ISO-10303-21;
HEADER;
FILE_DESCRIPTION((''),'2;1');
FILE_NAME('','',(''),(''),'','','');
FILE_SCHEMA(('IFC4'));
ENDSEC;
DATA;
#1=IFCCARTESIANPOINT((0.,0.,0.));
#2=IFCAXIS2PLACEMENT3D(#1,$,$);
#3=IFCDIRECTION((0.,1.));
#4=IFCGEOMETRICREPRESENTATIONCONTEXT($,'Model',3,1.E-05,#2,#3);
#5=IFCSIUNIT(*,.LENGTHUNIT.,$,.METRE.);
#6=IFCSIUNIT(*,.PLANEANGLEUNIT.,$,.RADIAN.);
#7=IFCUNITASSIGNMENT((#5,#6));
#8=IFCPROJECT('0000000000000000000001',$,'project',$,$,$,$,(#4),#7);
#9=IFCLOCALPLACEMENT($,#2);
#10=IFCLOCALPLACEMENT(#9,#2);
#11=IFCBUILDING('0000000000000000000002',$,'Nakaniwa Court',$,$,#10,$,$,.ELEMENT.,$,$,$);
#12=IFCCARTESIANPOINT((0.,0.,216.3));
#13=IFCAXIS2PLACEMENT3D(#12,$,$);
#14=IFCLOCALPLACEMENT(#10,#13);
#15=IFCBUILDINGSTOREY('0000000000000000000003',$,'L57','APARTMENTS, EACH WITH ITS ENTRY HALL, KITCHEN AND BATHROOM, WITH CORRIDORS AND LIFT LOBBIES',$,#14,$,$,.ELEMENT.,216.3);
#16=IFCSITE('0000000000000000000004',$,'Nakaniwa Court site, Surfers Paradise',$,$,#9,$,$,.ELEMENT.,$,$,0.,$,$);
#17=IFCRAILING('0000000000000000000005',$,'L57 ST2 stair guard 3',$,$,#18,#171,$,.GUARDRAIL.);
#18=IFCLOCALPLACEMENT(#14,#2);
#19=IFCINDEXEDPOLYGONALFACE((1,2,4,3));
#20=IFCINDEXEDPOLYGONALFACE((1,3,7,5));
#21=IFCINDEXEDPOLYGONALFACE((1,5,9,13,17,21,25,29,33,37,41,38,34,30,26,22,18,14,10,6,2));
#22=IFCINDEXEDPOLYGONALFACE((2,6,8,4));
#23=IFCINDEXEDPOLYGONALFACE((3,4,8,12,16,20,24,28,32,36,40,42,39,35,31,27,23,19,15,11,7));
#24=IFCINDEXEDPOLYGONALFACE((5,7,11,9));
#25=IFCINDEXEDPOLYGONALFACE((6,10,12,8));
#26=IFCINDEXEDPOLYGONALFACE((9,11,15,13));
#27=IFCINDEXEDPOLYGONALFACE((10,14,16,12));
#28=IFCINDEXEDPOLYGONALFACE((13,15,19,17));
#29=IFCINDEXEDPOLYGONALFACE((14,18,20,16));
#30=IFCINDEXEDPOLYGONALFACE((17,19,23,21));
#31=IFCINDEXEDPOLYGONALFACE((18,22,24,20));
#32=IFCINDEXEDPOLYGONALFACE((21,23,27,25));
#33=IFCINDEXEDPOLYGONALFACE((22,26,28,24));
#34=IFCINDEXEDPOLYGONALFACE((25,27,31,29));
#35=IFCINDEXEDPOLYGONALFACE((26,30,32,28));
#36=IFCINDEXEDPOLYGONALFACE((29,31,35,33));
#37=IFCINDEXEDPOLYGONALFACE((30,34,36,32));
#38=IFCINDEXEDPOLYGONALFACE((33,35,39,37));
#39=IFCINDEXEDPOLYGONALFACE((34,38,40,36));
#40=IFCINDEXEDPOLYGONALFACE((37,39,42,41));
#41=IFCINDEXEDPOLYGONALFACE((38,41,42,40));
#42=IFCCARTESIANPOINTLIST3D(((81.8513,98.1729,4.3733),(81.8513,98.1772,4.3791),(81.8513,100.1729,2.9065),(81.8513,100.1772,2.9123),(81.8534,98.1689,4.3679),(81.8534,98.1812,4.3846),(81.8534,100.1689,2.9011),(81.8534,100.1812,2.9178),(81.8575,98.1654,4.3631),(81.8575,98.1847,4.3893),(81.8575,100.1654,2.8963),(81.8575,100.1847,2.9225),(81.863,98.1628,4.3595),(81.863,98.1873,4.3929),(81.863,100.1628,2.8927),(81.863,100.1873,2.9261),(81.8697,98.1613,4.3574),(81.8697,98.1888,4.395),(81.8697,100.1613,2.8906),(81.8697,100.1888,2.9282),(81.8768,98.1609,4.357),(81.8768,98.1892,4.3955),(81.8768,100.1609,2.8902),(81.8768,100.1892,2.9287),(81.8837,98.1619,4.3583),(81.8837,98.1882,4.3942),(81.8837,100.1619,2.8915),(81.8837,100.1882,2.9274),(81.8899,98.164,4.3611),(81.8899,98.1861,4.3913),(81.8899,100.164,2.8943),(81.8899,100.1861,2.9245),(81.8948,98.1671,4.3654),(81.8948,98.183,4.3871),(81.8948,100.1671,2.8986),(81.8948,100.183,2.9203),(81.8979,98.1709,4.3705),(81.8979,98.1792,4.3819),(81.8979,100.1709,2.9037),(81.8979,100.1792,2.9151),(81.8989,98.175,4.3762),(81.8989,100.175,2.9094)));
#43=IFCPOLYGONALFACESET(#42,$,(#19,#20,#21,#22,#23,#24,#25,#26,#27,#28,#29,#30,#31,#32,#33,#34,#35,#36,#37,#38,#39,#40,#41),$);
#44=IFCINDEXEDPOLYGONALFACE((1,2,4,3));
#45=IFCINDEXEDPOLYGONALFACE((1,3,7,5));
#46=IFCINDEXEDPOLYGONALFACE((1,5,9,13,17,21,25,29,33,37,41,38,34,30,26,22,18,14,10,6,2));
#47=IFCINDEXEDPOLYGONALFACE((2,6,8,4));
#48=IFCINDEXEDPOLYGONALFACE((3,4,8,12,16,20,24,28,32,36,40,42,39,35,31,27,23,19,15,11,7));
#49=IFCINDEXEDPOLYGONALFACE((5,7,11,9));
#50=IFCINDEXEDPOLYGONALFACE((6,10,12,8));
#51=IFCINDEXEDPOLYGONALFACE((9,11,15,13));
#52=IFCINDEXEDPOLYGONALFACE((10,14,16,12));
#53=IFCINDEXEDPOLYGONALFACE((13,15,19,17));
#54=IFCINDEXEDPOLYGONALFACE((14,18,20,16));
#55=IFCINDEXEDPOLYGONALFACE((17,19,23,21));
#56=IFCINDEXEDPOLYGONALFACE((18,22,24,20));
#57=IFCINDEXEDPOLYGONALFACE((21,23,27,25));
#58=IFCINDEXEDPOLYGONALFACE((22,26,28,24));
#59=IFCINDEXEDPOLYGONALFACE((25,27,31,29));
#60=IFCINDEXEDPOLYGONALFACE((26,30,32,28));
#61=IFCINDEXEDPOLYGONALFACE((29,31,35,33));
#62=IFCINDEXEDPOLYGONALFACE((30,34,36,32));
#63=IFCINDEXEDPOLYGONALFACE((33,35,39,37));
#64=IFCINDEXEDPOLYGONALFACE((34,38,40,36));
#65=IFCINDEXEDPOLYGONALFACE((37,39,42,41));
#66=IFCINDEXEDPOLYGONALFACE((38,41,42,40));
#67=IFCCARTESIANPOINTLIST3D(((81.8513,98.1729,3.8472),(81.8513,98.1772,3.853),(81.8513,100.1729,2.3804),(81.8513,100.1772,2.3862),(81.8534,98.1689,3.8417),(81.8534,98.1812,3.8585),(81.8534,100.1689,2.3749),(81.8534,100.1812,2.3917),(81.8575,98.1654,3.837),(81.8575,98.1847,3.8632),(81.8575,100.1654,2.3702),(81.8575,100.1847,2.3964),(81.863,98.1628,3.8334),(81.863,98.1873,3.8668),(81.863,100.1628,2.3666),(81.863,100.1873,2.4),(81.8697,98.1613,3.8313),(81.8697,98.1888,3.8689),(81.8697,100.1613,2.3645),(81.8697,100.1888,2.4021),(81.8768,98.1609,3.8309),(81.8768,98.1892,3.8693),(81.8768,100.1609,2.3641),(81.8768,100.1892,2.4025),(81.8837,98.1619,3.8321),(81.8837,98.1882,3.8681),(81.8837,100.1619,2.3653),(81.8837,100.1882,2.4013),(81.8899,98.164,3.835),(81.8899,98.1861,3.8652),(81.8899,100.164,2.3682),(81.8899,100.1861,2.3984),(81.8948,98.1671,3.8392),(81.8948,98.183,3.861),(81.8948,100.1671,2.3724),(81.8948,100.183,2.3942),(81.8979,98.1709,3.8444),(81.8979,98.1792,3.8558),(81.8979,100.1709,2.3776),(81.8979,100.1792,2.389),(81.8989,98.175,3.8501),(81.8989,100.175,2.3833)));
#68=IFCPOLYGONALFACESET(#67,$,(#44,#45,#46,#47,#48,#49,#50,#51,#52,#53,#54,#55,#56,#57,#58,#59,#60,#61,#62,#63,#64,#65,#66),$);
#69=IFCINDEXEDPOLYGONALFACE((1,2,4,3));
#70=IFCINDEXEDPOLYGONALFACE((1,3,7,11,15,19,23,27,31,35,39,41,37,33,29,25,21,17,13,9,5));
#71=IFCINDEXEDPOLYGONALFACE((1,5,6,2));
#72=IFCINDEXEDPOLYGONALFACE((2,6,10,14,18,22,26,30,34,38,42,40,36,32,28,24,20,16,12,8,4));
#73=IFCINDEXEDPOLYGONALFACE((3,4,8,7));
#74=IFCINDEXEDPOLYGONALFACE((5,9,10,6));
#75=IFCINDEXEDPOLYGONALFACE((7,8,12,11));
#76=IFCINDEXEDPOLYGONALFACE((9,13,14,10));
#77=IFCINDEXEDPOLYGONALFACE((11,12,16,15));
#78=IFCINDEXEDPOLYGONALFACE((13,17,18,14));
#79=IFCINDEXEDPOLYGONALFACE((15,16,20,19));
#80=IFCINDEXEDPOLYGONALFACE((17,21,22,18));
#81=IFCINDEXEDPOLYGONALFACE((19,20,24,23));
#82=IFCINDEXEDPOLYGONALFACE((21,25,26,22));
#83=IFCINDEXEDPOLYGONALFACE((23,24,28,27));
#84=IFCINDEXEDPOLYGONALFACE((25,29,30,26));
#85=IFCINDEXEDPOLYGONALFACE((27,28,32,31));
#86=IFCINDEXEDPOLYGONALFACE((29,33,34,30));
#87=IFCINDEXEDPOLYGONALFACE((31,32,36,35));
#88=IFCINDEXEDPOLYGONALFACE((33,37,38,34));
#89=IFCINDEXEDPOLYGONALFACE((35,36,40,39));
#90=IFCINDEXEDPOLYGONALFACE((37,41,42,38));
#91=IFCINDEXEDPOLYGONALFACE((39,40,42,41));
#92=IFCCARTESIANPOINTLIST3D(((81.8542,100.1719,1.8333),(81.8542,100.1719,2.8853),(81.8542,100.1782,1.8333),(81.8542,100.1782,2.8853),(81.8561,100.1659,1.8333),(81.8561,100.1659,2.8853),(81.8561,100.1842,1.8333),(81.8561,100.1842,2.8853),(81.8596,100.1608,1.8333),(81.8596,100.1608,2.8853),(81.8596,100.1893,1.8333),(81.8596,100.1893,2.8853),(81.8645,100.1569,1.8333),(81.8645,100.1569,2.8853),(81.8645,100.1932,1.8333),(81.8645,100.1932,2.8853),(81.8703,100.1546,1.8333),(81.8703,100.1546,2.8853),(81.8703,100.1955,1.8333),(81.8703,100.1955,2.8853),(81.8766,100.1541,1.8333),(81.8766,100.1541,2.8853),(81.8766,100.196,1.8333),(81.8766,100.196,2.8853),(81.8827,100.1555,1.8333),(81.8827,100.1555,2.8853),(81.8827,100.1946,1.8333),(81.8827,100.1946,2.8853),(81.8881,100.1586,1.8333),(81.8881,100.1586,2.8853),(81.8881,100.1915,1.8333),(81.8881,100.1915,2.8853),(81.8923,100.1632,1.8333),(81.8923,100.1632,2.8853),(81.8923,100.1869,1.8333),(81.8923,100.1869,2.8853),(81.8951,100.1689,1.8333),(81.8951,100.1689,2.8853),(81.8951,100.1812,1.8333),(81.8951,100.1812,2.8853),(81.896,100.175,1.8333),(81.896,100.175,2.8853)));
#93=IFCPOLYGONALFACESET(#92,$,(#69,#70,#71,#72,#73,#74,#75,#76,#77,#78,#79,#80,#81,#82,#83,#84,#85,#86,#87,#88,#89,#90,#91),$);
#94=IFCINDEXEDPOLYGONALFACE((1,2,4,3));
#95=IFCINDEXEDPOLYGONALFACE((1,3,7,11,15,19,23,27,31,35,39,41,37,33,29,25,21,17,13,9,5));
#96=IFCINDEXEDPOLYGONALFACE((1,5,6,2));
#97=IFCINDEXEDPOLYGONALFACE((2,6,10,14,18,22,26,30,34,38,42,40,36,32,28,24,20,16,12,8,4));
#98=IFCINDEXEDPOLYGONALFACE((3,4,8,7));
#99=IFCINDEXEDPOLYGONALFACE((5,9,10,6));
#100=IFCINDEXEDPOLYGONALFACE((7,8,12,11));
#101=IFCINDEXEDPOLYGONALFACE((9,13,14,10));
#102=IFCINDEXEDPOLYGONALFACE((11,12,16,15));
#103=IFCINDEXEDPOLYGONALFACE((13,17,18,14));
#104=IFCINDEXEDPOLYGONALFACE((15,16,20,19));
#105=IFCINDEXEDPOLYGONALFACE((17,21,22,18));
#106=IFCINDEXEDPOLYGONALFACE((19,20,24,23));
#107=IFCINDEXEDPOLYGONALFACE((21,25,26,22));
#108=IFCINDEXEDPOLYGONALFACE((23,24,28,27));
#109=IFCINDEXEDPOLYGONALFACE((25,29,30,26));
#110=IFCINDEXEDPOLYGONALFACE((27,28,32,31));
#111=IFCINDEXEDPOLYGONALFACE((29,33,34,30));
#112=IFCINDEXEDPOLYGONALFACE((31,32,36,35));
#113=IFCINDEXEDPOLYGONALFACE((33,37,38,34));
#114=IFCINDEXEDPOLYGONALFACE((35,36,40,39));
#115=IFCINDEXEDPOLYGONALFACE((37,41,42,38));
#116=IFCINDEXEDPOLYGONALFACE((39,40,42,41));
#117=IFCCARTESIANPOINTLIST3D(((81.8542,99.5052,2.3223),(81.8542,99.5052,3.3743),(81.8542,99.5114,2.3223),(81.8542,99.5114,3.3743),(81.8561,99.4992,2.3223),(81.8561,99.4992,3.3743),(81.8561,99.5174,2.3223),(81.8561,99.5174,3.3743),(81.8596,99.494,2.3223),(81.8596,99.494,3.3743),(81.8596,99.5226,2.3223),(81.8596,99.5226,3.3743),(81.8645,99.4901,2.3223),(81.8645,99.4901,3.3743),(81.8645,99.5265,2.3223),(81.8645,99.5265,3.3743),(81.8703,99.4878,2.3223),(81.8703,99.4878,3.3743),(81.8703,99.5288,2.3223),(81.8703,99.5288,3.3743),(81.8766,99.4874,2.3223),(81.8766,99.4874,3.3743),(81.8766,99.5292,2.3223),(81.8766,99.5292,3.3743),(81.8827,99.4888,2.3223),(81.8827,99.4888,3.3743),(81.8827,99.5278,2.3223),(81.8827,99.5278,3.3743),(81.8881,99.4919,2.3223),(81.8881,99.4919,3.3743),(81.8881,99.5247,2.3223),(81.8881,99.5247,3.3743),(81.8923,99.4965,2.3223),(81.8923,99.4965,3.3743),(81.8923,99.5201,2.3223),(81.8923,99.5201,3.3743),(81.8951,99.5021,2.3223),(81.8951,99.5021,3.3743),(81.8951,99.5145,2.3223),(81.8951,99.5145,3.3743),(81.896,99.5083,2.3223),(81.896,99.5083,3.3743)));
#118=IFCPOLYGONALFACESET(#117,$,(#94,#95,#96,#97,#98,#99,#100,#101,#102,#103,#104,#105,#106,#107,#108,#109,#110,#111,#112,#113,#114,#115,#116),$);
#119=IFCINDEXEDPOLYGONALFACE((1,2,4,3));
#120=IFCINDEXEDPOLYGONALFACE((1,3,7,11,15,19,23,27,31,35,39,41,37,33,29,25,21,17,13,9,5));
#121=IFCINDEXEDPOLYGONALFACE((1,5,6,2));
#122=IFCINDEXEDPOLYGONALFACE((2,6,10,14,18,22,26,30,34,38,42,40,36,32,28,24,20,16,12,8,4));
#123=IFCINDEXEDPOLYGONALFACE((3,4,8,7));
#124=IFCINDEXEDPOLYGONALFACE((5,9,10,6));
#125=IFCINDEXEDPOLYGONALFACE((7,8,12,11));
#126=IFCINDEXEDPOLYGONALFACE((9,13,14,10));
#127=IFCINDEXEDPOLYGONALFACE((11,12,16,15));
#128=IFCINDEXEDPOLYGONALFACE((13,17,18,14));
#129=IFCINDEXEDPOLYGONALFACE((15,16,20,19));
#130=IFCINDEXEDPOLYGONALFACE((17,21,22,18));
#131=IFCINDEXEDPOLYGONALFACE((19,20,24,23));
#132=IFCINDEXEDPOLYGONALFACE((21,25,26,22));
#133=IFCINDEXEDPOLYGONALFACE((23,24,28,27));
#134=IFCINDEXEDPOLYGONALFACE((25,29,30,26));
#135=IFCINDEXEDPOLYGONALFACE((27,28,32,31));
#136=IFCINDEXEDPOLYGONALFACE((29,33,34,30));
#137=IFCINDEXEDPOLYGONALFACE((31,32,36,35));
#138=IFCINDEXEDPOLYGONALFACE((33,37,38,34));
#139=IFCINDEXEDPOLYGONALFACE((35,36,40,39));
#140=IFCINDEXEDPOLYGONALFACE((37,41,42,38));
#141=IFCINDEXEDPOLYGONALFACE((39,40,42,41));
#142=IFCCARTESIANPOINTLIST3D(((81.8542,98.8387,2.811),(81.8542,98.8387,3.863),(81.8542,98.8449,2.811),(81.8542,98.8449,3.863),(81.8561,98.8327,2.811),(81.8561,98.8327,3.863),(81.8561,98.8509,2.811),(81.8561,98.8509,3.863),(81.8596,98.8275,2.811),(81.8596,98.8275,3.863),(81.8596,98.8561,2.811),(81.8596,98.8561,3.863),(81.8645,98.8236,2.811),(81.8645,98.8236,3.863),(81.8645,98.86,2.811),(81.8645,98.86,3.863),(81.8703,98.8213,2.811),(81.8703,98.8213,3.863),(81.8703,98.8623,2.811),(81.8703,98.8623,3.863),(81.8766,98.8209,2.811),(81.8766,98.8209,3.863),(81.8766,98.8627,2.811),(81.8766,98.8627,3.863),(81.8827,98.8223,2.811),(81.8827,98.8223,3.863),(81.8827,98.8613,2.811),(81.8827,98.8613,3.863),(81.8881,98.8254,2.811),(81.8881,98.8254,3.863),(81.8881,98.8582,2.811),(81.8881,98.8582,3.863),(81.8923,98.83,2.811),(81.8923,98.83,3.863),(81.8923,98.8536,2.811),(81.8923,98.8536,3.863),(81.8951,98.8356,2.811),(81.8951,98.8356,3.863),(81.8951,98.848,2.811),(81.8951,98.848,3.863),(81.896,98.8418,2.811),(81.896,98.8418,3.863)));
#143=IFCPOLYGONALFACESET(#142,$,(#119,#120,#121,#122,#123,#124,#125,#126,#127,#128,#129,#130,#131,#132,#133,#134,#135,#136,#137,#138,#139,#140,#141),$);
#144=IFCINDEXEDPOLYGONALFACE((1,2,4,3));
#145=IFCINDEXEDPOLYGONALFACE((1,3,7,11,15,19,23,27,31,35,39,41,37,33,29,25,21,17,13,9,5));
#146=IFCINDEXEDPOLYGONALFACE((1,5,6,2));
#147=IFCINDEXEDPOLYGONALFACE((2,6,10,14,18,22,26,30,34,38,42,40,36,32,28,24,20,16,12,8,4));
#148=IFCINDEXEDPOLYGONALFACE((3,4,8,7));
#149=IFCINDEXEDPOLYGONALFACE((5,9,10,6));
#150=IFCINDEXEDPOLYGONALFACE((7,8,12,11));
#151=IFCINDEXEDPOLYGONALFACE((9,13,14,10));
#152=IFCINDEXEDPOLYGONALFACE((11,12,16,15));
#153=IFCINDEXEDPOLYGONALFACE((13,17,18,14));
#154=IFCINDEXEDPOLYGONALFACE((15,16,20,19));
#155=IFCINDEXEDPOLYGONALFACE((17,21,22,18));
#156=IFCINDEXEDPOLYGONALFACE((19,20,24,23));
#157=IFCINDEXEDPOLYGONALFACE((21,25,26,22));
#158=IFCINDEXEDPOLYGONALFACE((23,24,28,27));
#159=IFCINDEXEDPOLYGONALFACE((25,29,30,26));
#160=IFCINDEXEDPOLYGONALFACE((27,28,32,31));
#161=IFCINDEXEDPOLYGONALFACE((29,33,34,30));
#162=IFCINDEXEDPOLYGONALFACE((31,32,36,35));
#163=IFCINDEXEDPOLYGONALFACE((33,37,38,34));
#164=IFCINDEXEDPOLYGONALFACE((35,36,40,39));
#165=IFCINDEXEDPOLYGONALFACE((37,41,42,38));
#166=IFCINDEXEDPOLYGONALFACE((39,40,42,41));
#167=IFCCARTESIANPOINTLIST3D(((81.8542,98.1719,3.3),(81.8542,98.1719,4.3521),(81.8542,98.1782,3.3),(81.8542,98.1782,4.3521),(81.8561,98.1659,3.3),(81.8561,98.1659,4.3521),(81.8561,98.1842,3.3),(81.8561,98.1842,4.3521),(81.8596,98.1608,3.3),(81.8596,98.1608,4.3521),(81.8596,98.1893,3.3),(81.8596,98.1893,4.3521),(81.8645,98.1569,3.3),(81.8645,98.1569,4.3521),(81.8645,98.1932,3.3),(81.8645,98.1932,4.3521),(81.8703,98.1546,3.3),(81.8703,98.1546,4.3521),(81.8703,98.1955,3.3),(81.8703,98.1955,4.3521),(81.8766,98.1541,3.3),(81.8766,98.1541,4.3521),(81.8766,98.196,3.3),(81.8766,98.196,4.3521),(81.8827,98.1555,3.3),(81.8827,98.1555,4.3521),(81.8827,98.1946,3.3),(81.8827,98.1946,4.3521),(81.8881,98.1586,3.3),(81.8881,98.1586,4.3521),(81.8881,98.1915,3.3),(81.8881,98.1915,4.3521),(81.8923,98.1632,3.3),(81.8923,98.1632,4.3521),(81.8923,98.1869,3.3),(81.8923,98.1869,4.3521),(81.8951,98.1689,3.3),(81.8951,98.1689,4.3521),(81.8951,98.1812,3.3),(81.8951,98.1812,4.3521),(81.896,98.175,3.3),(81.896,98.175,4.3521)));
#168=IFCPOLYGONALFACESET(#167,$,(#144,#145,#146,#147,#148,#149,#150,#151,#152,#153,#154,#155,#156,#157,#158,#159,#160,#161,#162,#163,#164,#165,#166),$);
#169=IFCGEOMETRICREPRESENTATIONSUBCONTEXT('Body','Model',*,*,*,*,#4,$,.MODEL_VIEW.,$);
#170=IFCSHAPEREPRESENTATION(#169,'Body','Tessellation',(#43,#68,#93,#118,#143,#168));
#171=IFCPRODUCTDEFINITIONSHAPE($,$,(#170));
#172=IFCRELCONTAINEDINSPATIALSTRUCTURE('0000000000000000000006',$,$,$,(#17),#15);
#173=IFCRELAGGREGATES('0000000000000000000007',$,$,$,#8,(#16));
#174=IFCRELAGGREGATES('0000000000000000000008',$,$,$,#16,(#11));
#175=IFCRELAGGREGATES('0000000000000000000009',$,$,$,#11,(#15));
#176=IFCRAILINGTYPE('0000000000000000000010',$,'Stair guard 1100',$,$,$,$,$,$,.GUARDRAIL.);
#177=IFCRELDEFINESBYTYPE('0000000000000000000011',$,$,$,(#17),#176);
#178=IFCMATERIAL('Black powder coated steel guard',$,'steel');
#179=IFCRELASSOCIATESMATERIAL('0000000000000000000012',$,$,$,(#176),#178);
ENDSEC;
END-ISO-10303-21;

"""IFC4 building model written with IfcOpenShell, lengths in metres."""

from ifc_helpers import new_model, si_unit, direction, frame, origin, origin_2d, place, context, subcontext, project, spatial, circle, extrude, material, type_object, element, save


model = new_model("IFC4")

# Units and contexts
model_context = context("Model", 3, precision=1e-05, world=origin(), true_north=direction((0.0, 1.0)))
body_context = subcontext(model_context, "Body", "Model", "MODEL_VIEW")
ifc_project = project(units=[si_unit("LENGTHUNIT", "METRE"), si_unit("PLANEANGLEUNIT", "RADIAN")], contexts=[model_context])

# Site, building, storey
site_placement = place(None, origin())
site = spatial("IfcSite", under=ifc_project, at=site_placement, Name="Nakaniwa Court site, Surfers Paradise", CompositionType="ELEMENT", RefElevation=0.0)
building_placement = place(site_placement, origin())
building = spatial("IfcBuilding", under=site, at=building_placement, Name="Nakaniwa Court", CompositionType="ELEMENT")
storey_placement = place(building_placement, frame((0.0, 0.0, 216.3)))
storey = spatial("IfcBuildingStorey", under=building, at=storey_placement, Name="L57", Description="APARTMENTS, EACH WITH ITS ENTRY HALL, KITCHEN AND BATHROOM, WITH CORRIDORS AND LIFT LOBBIES", CompositionType="ELEMENT", Elevation=216.3)

# Railing
ifc_material_1 = material(Name="Black powder coated steel guard", Category="steel")
railing_type_1 = type_object("IfcRailingType", Name="Stair guard 1100", PredefinedType="GUARDRAIL", material=ifc_material_1)
railing_1_placement = place(storey_placement, frame((81.875, 100.175, 1.8333)))
element("IfcRailing", 1, at=railing_1_placement, inside=storey, type_object=railing_type_1, Name="L57 ST2 stair guard 3", PredefinedType="GUARDRAIL", context=body_context, shape_type="SweptSolid", body=[
    extrude(circle(Radius=0.0239, at=origin_2d()), frame((0.0, 0.0, 1.0762), z_axis=(0.0, -0.80638, 0.591398), x_axis=(1.0, 0.0, 0.0)), (0.0, 0.0, 1.0), 2.4802),
    extrude(circle(Radius=0.0239, at=origin_2d()), frame((0.0, 0.0, 0.55), z_axis=(0.0, -0.80638, 0.591398), x_axis=(1.0, 0.0, 0.0)), (0.0, 0.0, 1.0), 2.4802),
    extrude(circle(Radius=0.021, at=origin_2d()), origin(), (0.0, 0.0, 1.0), 1.052),
    extrude(circle(Radius=0.021, at=origin_2d()), frame((0.0, -0.6667, 0.489)), (0.0, 0.0, 1.0), 1.052),
    extrude(circle(Radius=0.021, at=origin_2d()), frame((0.0, -1.3333, 0.9778)), (0.0, 0.0, 1.0), 1.052),
    extrude(circle(Radius=0.021, at=origin_2d()), frame((0.0, -2.0, 1.4668)), (0.0, 0.0, 1.0), 1.052),
])

save(model, "model.ifc")
